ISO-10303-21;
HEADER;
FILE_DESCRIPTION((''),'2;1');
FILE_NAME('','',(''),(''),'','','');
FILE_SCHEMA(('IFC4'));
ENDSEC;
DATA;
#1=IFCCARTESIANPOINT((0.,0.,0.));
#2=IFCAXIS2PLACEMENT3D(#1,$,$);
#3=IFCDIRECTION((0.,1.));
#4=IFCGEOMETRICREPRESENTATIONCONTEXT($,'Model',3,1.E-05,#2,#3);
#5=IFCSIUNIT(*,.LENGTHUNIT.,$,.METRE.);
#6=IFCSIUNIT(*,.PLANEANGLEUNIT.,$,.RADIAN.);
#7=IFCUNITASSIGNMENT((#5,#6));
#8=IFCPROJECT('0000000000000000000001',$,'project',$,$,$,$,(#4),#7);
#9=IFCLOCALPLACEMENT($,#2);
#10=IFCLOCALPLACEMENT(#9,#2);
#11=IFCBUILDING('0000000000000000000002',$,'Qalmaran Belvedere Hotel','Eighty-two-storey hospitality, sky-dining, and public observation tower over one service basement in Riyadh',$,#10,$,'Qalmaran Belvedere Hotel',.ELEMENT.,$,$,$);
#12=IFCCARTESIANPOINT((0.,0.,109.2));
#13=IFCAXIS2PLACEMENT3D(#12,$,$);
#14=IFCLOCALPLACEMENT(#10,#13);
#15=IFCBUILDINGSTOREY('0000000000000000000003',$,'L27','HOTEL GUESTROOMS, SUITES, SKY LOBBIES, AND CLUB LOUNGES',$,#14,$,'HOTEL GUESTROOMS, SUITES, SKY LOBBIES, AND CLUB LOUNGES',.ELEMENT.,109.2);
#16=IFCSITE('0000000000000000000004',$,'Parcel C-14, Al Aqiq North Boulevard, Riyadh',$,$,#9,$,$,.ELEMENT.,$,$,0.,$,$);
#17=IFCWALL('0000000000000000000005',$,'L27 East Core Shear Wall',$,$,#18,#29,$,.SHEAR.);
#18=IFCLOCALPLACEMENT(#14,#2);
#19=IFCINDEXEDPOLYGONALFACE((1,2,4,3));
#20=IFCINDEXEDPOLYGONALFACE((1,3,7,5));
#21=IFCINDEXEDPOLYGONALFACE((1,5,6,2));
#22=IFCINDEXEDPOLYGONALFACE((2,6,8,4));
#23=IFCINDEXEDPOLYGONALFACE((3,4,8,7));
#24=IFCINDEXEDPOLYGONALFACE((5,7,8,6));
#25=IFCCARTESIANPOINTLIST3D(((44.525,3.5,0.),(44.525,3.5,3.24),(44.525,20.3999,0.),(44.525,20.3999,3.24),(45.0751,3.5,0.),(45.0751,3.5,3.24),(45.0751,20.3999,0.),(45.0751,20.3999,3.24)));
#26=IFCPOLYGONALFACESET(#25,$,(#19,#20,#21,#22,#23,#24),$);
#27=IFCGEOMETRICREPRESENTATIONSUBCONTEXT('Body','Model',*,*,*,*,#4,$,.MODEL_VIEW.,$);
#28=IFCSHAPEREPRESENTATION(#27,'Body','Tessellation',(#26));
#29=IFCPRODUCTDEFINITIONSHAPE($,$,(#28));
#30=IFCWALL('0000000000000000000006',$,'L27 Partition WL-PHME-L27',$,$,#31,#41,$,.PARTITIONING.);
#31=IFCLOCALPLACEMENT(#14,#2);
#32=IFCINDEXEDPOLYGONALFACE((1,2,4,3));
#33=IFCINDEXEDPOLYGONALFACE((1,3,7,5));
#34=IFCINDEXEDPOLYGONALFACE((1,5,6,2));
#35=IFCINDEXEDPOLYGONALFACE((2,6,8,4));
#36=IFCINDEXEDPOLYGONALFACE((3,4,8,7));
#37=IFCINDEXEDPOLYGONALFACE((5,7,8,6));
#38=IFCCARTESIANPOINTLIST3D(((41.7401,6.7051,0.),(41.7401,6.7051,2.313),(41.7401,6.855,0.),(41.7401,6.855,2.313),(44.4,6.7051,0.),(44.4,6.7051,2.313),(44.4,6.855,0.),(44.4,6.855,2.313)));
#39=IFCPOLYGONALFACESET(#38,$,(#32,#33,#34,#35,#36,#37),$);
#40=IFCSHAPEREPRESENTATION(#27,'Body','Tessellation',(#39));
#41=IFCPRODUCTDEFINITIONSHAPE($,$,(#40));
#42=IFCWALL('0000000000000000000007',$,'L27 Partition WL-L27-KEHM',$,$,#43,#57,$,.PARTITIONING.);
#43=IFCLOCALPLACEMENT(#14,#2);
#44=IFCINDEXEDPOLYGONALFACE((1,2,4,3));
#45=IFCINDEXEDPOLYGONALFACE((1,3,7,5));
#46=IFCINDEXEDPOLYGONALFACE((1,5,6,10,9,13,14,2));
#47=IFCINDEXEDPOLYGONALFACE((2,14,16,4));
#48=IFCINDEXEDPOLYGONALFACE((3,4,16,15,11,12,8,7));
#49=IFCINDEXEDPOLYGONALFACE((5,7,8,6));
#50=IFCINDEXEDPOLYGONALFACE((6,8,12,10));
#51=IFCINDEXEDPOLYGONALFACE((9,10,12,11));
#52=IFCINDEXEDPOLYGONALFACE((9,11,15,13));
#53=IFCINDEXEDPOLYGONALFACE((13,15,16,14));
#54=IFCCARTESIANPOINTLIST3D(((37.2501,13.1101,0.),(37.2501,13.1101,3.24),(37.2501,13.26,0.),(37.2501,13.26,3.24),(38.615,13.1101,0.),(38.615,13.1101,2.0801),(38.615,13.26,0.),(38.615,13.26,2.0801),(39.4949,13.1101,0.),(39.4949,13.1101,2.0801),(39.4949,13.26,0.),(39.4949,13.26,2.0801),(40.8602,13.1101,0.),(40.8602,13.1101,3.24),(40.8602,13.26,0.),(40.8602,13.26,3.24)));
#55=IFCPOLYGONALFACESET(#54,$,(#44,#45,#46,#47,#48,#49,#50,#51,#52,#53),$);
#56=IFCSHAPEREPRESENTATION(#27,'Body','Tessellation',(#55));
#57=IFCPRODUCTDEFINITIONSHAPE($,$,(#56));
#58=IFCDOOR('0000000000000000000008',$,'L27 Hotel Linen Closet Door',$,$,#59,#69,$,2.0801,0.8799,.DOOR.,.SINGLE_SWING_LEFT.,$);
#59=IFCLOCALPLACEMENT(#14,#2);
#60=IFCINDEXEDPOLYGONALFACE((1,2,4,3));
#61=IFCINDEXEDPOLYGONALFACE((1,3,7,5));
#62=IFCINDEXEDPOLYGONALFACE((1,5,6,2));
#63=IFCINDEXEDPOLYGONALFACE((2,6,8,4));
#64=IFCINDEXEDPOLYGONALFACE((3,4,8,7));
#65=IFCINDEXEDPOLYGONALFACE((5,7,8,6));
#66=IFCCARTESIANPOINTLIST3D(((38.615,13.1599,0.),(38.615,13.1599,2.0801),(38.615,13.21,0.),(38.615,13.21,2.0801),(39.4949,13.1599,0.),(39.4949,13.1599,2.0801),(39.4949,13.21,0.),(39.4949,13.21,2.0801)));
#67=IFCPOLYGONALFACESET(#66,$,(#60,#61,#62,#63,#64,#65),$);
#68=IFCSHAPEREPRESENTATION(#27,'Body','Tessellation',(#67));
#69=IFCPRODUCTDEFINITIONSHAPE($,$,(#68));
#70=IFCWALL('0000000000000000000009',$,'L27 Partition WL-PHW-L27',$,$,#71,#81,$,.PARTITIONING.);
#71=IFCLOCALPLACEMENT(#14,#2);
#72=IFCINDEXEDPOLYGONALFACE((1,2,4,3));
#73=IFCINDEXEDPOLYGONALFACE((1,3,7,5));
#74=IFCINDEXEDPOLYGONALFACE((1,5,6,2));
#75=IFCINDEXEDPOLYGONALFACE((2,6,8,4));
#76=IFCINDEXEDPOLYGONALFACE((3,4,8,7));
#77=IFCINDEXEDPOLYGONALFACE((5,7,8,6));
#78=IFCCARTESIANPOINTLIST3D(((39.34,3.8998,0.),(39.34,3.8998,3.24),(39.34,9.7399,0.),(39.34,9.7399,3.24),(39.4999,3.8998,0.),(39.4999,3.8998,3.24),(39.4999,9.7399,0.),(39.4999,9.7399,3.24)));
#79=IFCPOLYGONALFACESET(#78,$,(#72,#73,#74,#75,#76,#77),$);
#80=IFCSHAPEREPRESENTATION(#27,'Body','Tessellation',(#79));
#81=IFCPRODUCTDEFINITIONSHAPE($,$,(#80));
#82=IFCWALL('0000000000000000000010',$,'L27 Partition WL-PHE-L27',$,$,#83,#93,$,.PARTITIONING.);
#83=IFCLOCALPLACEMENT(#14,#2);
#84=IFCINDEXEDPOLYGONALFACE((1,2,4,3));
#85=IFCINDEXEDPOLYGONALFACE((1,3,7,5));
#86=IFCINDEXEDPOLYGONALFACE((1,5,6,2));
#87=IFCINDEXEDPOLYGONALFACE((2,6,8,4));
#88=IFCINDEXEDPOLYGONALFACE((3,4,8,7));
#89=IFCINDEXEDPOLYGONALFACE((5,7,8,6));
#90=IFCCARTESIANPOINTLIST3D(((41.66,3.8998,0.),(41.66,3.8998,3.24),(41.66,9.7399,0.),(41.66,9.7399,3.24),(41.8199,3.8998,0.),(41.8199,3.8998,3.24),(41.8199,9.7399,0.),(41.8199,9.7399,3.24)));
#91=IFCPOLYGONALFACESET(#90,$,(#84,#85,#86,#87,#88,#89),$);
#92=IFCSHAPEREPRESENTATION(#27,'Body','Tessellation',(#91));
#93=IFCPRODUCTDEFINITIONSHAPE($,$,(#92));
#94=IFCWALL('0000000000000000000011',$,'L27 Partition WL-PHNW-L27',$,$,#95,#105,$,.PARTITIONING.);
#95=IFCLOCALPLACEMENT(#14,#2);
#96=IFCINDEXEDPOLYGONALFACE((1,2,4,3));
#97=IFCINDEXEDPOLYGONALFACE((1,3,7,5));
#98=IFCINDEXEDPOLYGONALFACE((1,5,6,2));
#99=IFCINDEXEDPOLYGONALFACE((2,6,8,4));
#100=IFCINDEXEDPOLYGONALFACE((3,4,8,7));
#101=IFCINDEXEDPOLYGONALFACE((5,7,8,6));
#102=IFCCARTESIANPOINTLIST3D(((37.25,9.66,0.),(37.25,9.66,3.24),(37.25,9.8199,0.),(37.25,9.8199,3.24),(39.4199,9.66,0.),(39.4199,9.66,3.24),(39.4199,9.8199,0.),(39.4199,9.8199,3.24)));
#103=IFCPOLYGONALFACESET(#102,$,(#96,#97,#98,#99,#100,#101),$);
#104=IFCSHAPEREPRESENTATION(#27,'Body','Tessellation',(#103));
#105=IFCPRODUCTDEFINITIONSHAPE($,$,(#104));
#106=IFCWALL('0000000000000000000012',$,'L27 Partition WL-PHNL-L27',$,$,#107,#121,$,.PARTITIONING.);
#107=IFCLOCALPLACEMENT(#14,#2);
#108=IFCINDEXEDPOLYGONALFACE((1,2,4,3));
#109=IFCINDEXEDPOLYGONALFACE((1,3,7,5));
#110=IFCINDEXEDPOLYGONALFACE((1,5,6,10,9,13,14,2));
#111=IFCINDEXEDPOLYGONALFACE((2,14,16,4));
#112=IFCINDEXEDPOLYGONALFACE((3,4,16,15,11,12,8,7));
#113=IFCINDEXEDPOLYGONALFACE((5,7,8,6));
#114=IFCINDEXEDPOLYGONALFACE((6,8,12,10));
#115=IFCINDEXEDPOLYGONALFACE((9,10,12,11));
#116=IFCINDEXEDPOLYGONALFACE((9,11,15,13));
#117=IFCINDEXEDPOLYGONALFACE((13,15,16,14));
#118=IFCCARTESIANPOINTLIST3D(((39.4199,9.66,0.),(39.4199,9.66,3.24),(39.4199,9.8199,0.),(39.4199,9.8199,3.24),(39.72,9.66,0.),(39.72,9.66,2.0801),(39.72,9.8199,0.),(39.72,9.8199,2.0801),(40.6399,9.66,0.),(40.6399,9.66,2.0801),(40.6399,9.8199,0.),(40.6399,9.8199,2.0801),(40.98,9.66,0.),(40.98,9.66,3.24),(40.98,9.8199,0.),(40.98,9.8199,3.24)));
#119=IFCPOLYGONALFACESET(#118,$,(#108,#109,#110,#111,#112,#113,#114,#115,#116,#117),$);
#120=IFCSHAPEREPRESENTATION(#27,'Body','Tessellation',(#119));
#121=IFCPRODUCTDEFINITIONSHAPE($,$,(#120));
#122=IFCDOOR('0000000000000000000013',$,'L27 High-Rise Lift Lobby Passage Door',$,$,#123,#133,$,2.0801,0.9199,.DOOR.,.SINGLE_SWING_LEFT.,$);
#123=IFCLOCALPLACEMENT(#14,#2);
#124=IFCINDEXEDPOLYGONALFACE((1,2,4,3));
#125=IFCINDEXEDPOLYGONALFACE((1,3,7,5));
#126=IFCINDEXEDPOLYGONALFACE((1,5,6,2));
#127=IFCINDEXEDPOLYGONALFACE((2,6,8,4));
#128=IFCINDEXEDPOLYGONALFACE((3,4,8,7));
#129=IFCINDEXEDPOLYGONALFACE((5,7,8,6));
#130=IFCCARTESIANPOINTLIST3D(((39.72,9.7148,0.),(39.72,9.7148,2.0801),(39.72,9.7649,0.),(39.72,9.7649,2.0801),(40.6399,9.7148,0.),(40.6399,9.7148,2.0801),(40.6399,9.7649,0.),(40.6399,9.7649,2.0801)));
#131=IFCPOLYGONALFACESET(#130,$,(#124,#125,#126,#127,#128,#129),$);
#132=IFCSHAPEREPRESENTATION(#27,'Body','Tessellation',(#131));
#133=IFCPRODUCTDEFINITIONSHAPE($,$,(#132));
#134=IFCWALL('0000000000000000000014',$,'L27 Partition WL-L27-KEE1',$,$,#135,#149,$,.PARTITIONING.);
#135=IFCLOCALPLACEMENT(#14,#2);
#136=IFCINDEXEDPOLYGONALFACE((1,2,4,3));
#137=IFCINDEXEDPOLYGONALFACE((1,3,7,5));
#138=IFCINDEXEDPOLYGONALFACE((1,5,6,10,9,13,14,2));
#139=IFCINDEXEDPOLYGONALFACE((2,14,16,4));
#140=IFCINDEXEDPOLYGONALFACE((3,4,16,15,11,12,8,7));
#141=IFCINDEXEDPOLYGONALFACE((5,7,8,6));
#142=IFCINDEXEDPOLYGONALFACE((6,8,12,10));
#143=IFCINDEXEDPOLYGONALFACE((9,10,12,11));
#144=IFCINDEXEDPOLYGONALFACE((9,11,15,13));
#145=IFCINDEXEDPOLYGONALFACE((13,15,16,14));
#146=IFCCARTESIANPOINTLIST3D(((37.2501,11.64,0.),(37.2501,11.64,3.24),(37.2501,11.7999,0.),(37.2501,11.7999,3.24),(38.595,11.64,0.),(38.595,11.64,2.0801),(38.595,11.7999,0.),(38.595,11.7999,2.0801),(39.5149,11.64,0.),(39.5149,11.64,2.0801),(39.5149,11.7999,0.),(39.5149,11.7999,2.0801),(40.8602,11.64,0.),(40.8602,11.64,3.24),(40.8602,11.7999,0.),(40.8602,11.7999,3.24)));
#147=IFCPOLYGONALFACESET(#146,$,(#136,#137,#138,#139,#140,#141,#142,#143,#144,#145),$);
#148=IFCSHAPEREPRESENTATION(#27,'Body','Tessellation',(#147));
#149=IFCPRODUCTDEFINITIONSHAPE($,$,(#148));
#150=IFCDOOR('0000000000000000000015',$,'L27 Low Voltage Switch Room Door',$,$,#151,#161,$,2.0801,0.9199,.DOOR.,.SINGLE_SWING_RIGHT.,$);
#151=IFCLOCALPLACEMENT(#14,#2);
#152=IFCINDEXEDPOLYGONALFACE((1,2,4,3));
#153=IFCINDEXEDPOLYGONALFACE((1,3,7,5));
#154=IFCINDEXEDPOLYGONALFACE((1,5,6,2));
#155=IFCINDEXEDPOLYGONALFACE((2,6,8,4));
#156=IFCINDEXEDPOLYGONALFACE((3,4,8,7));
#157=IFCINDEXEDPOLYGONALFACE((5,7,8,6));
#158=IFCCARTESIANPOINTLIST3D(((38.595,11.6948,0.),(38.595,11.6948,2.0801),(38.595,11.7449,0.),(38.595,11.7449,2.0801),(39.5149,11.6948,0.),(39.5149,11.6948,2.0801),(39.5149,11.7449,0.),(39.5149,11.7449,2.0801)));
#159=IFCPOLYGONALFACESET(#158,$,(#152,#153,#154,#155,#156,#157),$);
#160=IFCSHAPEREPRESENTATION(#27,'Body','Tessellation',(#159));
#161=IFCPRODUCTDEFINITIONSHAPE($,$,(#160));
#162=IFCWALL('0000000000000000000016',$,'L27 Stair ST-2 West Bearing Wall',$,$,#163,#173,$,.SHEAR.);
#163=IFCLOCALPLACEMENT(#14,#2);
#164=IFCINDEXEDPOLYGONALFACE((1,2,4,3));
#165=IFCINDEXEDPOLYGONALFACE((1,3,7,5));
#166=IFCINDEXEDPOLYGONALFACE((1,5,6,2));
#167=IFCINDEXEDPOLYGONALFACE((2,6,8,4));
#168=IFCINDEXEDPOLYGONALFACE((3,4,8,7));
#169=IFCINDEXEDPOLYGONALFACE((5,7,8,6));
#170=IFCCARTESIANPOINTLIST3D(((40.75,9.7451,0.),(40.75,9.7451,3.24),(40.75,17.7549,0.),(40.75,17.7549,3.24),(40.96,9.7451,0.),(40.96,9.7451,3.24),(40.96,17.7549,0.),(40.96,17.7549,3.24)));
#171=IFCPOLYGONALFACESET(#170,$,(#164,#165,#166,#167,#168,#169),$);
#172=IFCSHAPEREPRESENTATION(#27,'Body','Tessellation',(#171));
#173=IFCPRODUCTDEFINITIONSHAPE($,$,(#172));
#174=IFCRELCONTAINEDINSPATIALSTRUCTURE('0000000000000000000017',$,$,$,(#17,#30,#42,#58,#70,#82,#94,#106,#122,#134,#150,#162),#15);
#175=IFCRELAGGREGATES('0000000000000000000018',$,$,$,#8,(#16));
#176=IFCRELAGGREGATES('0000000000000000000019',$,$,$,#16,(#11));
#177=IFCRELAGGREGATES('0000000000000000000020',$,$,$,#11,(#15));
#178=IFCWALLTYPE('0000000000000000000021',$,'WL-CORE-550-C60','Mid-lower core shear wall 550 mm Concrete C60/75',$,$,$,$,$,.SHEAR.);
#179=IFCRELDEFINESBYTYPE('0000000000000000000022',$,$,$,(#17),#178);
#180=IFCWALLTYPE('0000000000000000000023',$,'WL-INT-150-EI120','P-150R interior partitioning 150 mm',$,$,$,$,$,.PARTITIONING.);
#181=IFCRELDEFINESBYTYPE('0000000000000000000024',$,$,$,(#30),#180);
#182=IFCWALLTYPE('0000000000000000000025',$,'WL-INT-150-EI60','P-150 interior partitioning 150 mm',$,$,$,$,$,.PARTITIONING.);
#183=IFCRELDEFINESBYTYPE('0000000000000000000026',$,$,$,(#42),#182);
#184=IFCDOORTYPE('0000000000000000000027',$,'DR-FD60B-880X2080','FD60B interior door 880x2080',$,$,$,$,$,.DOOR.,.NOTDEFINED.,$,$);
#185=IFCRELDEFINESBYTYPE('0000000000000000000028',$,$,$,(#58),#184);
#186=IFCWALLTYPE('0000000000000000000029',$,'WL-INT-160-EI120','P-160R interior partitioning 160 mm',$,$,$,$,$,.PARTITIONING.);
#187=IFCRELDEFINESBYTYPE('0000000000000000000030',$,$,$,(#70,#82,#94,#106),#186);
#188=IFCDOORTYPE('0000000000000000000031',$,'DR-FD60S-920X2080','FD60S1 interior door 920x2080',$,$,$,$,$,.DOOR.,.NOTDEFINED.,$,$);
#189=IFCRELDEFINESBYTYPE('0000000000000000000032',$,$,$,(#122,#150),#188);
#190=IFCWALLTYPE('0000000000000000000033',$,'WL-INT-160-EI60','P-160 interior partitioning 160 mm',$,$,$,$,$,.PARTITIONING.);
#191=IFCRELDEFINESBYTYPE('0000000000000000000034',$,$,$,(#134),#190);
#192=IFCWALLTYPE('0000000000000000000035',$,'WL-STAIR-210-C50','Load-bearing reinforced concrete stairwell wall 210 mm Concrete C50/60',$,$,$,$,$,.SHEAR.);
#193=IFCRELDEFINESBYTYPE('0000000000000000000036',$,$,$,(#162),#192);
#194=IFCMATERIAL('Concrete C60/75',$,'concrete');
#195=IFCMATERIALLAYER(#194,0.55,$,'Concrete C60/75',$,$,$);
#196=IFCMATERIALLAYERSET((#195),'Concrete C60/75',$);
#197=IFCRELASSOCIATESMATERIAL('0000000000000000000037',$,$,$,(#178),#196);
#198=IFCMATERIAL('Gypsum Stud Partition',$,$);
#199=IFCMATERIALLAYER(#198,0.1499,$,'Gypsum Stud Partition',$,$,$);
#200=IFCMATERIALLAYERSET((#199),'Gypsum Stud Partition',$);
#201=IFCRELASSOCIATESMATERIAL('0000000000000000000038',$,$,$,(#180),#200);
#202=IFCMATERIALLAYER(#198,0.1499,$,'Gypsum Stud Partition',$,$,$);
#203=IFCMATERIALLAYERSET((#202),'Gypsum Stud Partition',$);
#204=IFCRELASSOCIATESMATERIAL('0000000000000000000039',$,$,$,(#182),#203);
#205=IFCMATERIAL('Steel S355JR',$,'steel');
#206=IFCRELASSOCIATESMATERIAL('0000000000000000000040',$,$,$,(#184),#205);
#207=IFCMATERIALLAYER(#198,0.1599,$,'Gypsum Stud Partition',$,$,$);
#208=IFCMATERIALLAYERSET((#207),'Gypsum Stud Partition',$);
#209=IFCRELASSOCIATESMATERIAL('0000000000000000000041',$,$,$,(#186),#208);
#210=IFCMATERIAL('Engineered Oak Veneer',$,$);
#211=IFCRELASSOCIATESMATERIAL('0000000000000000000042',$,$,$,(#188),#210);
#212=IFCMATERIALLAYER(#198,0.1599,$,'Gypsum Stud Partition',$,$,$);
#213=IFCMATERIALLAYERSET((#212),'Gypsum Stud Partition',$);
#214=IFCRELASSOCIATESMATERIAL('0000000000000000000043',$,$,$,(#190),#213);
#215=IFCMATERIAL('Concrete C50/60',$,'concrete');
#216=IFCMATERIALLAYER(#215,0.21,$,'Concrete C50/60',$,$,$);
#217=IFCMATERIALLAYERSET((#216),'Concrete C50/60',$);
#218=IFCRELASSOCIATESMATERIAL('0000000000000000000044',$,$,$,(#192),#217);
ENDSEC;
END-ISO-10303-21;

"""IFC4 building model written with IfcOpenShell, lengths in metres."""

from ifc_helpers import new_model, si_unit, direction, frame, frame_2d, origin, place, context, subcontext, project, spatial, rectangle, extrude, material, layer, layer_set, type_object, element, fill, save


model = new_model("IFC4")

# Units and contexts
model_context = context("Model", 3, precision=1e-05, world=origin(), true_north=direction((0.0, 1.0)))
body_context = subcontext(model_context, "Body", "Model", "MODEL_VIEW")
ifc_project = project(units=[si_unit("LENGTHUNIT", "METRE"), si_unit("PLANEANGLEUNIT", "RADIAN")], contexts=[model_context])

# Site, building, storey
site_placement = place(None, origin())
site = spatial("IfcSite", under=ifc_project, at=site_placement, Name="Parcel C-14, Al Aqiq North Boulevard, Riyadh", CompositionType="ELEMENT", RefElevation=0.0)
building_placement = place(site_placement, origin())
building = spatial("IfcBuilding", under=site, at=building_placement, Name="Qalmaran Belvedere Hotel", Description="Eighty-two-storey hospitality, sky-dining, and public observation tower over one service basement in Riyadh", LongName="Qalmaran Belvedere Hotel", CompositionType="ELEMENT")
storey_placement = place(building_placement, frame((0.0, 0.0, 109.2)))
storey = spatial("IfcBuildingStorey", under=building, at=storey_placement, Name="L27", Description="HOTEL GUESTROOMS, SUITES, SKY LOBBIES, AND CLUB LOUNGES", LongName="HOTEL GUESTROOMS, SUITES, SKY LOBBIES, AND CLUB LOUNGES", CompositionType="ELEMENT", Elevation=109.2)

# Walls
ifc_material_1 = material(Name="Concrete C60/75", Category="concrete")
ifc_layer_1 = layer(ifc_material_1, 0.55, Name="Concrete C60/75")
ifc_layer_set_1 = layer_set([ifc_layer_1], Name="Concrete C60/75")
wall_type_1 = type_object("IfcWallType", Name="WL-CORE-550-C60", Description="Mid-lower core shear wall 550 mm Concrete C60/75", PredefinedType="SHEAR", material=ifc_layer_set_1)
wall_1_placement = place(storey_placement, frame((44.8, 3.5, 0.0), z_axis=(0.0, 0.0, 1.0), x_axis=(0.0, 1.0, 0.0)))
element("IfcWall", 1, at=wall_1_placement, inside=storey, type_object=wall_type_1, Name="L27 East Core Shear Wall", PredefinedType="SHEAR", context=body_context, shape_type="SweptSolid", body=[
    extrude(rectangle(XDim=16.8999, YDim=0.55, at=frame_2d((8.45, 0.0))), origin(), (0.0, 0.0, 1.0), 3.24),
])
ifc_material_2 = material(Name="Gypsum Stud Partition")
ifc_layer_2 = layer(ifc_material_2, 0.1499, Name="Gypsum Stud Partition")
ifc_layer_set_2 = layer_set([ifc_layer_2], Name="Gypsum Stud Partition")
wall_type_2 = type_object("IfcWallType", Name="WL-INT-150-EI120", Description="P-150R interior partitioning 150 mm", PredefinedType="PARTITIONING", material=ifc_layer_set_2)
wall_2_placement = place(storey_placement, frame((41.74, 6.78, 0.0), z_axis=(0.0, 0.0, 1.0), x_axis=(1.0, 0.0, 0.0)))
element("IfcWall", 2, at=wall_2_placement, inside=storey, type_object=wall_type_2, Name="L27 Partition WL-PHME-L27", PredefinedType="PARTITIONING", context=body_context, shape_type="SweptSolid", body=[
    extrude(rectangle(XDim=2.6599, YDim=0.1499, at=frame_2d((1.3301, 0.0))), origin(), (0.0, 0.0, 1.0), 2.313),
])

# Wall, opening, door
ifc_layer_3 = layer(ifc_material_2, 0.1499, Name="Gypsum Stud Partition")
ifc_layer_set_3 = layer_set([ifc_layer_3], Name="Gypsum Stud Partition")
wall_type_3 = type_object("IfcWallType", Name="WL-INT-150-EI60", Description="P-150 interior partitioning 150 mm", PredefinedType="PARTITIONING", material=ifc_layer_set_3)
wall_3_placement = place(storey_placement, frame((37.25, 13.1851, 0.0), z_axis=(0.0, 0.0, 1.0), x_axis=(1.0, 0.0, 0.0)))
wall_3 = element("IfcWall", 3, at=wall_3_placement, inside=storey, type_object=wall_type_3, Name="L27 Partition WL-L27-KEHM", PredefinedType="PARTITIONING", context=body_context, shape_type="SweptSolid", body=[
    extrude(rectangle(XDim=3.6101, YDim=0.1499, at=frame_2d((1.8052, 0.0))), origin(), (0.0, 0.0, 1.0), 3.24),
])
opening_1_placement = place(wall_3_placement, frame((1.365, 0.0, 0.0)))
opening_1 = element("IfcOpeningElement", 4, at=opening_1_placement, cuts=wall_3, PredefinedType="OPENING", context=body_context, shape_type="SweptSolid", body=[
    extrude(rectangle(XDim=0.8799, YDim=2.0801, at=frame_2d((0.4399, 1.04))), frame((0.0, 0.085, 0.0), z_axis=(0.0, -1.0, 0.0), x_axis=(1.0, 0.0, 0.0)), (0.0, 0.0, 1.0), 0.1699),
])
ifc_material_3 = material(Name="Steel S355JR", Category="steel")
door_type_1 = type_object("IfcDoorType", Name="DR-FD60B-880X2080", Description="FD60B interior door 880x2080", OperationType="NOTDEFINED", PredefinedType="DOOR", material=ifc_material_3)
door_1_placement = place(opening_1_placement, origin())
door_1 = element("IfcDoor", 5, at=door_1_placement, inside=storey, type_object=door_type_1, Name="L27 Hotel Linen Closet Door", OperationType="SINGLE_SWING_LEFT", OverallHeight=2.0801, OverallWidth=0.8799, PredefinedType="DOOR", context=body_context, shape_type="SweptSolid", body=[
    extrude(rectangle(XDim=0.8799, YDim=2.0801, at=frame_2d((0.4399, 1.04))), frame((0.0, 0.0249, 0.0), z_axis=(0.0, -1.0, 0.0), x_axis=(1.0, 0.0, 0.0)), (0.0, 0.0, 1.0), 0.05),
])
fill(opening_1, door_1)

# Walls
ifc_layer_4 = layer(ifc_material_2, 0.1599, Name="Gypsum Stud Partition")
ifc_layer_set_4 = layer_set([ifc_layer_4], Name="Gypsum Stud Partition")
wall_type_4 = type_object("IfcWallType", Name="WL-INT-160-EI120", Description="P-160R interior partitioning 160 mm", PredefinedType="PARTITIONING", material=ifc_layer_set_4)
for number, where, z_axis, x_axis, name in (
    (6, (39.4199, 3.8999, 0.0), (0.0, 0.0, 1.0), (0.0, 1.0, 0.0), "L27 Partition WL-PHW-L27"),
    (7, (41.74, 3.8999, 0.0), (0.0, 0.0, 1.0), (0.0, 1.0, 0.0), "L27 Partition WL-PHE-L27"),
):
    element("IfcWall", number, at=place(storey_placement, frame(where, z_axis=z_axis, x_axis=x_axis)), inside=storey, type_object=wall_type_4, Name=name, PredefinedType="PARTITIONING", context=body_context, shape_type="SweptSolid", body=[
        extrude(rectangle(XDim=5.8401, YDim=0.1599, at=frame_2d((2.9199, 0.0))), origin(), (0.0, 0.0, 1.0), 3.24),
    ])
wall_4_placement = place(storey_placement, frame((37.25, 9.74, 0.0), z_axis=(0.0, 0.0, 1.0), x_axis=(1.0, 0.0, 0.0)))
element("IfcWall", 8, at=wall_4_placement, inside=storey, type_object=wall_type_4, Name="L27 Partition WL-PHNW-L27", PredefinedType="PARTITIONING", context=body_context, shape_type="SweptSolid", body=[
    extrude(rectangle(XDim=2.1699, YDim=0.1599, at=frame_2d((1.085, 0.0))), origin(), (0.0, 0.0, 1.0), 3.24),
])

# Walls, openings, doors
wall_5_placement = place(storey_placement, frame((39.4199, 9.74, 0.0), z_axis=(0.0, 0.0, 1.0), x_axis=(1.0, 0.0, 0.0)))
wall_5 = element("IfcWall", 9, at=wall_5_placement, inside=storey, type_object=wall_type_4, Name="L27 Partition WL-PHNL-L27", PredefinedType="PARTITIONING", context=body_context, shape_type="SweptSolid", body=[
    extrude(rectangle(XDim=1.5601, YDim=0.1599, at=frame_2d((0.78, 0.0))), origin(), (0.0, 0.0, 1.0), 3.24),
])
opening_2_placement = place(wall_5_placement, frame((0.3, 0.0, 0.0)))
opening_2 = element("IfcOpeningElement", 10, at=opening_2_placement, cuts=wall_5, PredefinedType="OPENING", context=body_context, shape_type="SweptSolid", body=[
    extrude(rectangle(XDim=0.9199, YDim=2.0801, at=frame_2d((0.46, 1.04))), frame((0.0, 0.0898, 0.0), z_axis=(0.0, -1.0, 0.0), x_axis=(1.0, 0.0, 0.0)), (0.0, 0.0, 1.0), 0.1799),
])
ifc_material_4 = material(Name="Engineered Oak Veneer")
door_type_2 = type_object("IfcDoorType", Name="DR-FD60S-920X2080", Description="FD60S1 interior door 920x2080", OperationType="NOTDEFINED", PredefinedType="DOOR", material=ifc_material_4)
door_2_placement = place(opening_2_placement, origin())
door_2 = element("IfcDoor", 11, at=door_2_placement, inside=storey, type_object=door_type_2, Name="L27 High-Rise Lift Lobby Passage Door", OperationType="SINGLE_SWING_LEFT", OverallHeight=2.0801, OverallWidth=0.9199, PredefinedType="DOOR", context=body_context, shape_type="SweptSolid", body=[
    extrude(rectangle(XDim=0.9199, YDim=2.0801, at=frame_2d((0.46, 1.04))), frame((0.0, 0.0249, 0.0), z_axis=(0.0, -1.0, 0.0), x_axis=(1.0, 0.0, 0.0)), (0.0, 0.0, 1.0), 0.05),
])
fill(opening_2, door_2)
ifc_layer_5 = layer(ifc_material_2, 0.1599, Name="Gypsum Stud Partition")
ifc_layer_set_5 = layer_set([ifc_layer_5], Name="Gypsum Stud Partition")
wall_type_5 = type_object("IfcWallType", Name="WL-INT-160-EI60", Description="P-160 interior partitioning 160 mm", PredefinedType="PARTITIONING", material=ifc_layer_set_5)
wall_6_placement = place(storey_placement, frame((37.25, 11.72, 0.0), z_axis=(0.0, 0.0, 1.0), x_axis=(1.0, 0.0, 0.0)))
wall_6 = element("IfcWall", 12, at=wall_6_placement, inside=storey, type_object=wall_type_5, Name="L27 Partition WL-L27-KEE1", PredefinedType="PARTITIONING", context=body_context, shape_type="SweptSolid", body=[
    extrude(rectangle(XDim=3.6101, YDim=0.1599, at=frame_2d((1.8052, 0.0))), origin(), (0.0, 0.0, 1.0), 3.24),
])
opening_3_placement = place(wall_6_placement, frame((1.345, 0.0, 0.0)))
opening_3 = element("IfcOpeningElement", 13, at=opening_3_placement, cuts=wall_6, PredefinedType="OPENING", context=body_context, shape_type="SweptSolid", body=[
    extrude(rectangle(XDim=0.9199, YDim=2.0801, at=frame_2d((0.46, 1.04))), frame((0.0, 0.0898, 0.0), z_axis=(0.0, -1.0, 0.0), x_axis=(1.0, 0.0, 0.0)), (0.0, 0.0, 1.0), 0.1799),
])
door_3_placement = place(opening_3_placement, origin())
door_3 = element("IfcDoor", 14, at=door_3_placement, inside=storey, type_object=door_type_2, Name="L27 Low Voltage Switch Room Door", OperationType="SINGLE_SWING_RIGHT", OverallHeight=2.0801, OverallWidth=0.9199, PredefinedType="DOOR", context=body_context, shape_type="SweptSolid", body=[
    extrude(rectangle(XDim=0.9199, YDim=2.0801, at=frame_2d((0.46, 1.04))), frame((0.0, 0.0249, 0.0), z_axis=(0.0, -1.0, 0.0), x_axis=(1.0, 0.0, 0.0)), (0.0, 0.0, 1.0), 0.05),
])
fill(opening_3, door_3)

# Wall
ifc_material_5 = material(Name="Concrete C50/60", Category="concrete")
ifc_layer_6 = layer(ifc_material_5, 0.21, Name="Concrete C50/60")
ifc_layer_set_6 = layer_set([ifc_layer_6], Name="Concrete C50/60")
wall_type_6 = type_object("IfcWallType", Name="WL-STAIR-210-C50", Description="Load-bearing reinforced concrete stairwell wall 210 mm Concrete C50/60", PredefinedType="SHEAR", material=ifc_layer_set_6)
for number, where, z_axis, x_axis, name in (
    (15, (40.855, 9.7451, 0.0), (0.0, 0.0, 1.0), (0.0, 1.0, 0.0), "L27 Stair ST-2 West Bearing Wall"),
):
    element("IfcWall", number, at=place(storey_placement, frame(where, z_axis=z_axis, x_axis=x_axis)), inside=storey, type_object=wall_type_6, Name=name, PredefinedType="SHEAR", context=body_context, shape_type="SweptSolid", body=[
        extrude(rectangle(XDim=8.0098, YDim=0.21, at=frame_2d((4.0049, 0.0))), origin(), (0.0, 0.0, 1.0), 3.24),
    ])

save(model, "model.ifc")
